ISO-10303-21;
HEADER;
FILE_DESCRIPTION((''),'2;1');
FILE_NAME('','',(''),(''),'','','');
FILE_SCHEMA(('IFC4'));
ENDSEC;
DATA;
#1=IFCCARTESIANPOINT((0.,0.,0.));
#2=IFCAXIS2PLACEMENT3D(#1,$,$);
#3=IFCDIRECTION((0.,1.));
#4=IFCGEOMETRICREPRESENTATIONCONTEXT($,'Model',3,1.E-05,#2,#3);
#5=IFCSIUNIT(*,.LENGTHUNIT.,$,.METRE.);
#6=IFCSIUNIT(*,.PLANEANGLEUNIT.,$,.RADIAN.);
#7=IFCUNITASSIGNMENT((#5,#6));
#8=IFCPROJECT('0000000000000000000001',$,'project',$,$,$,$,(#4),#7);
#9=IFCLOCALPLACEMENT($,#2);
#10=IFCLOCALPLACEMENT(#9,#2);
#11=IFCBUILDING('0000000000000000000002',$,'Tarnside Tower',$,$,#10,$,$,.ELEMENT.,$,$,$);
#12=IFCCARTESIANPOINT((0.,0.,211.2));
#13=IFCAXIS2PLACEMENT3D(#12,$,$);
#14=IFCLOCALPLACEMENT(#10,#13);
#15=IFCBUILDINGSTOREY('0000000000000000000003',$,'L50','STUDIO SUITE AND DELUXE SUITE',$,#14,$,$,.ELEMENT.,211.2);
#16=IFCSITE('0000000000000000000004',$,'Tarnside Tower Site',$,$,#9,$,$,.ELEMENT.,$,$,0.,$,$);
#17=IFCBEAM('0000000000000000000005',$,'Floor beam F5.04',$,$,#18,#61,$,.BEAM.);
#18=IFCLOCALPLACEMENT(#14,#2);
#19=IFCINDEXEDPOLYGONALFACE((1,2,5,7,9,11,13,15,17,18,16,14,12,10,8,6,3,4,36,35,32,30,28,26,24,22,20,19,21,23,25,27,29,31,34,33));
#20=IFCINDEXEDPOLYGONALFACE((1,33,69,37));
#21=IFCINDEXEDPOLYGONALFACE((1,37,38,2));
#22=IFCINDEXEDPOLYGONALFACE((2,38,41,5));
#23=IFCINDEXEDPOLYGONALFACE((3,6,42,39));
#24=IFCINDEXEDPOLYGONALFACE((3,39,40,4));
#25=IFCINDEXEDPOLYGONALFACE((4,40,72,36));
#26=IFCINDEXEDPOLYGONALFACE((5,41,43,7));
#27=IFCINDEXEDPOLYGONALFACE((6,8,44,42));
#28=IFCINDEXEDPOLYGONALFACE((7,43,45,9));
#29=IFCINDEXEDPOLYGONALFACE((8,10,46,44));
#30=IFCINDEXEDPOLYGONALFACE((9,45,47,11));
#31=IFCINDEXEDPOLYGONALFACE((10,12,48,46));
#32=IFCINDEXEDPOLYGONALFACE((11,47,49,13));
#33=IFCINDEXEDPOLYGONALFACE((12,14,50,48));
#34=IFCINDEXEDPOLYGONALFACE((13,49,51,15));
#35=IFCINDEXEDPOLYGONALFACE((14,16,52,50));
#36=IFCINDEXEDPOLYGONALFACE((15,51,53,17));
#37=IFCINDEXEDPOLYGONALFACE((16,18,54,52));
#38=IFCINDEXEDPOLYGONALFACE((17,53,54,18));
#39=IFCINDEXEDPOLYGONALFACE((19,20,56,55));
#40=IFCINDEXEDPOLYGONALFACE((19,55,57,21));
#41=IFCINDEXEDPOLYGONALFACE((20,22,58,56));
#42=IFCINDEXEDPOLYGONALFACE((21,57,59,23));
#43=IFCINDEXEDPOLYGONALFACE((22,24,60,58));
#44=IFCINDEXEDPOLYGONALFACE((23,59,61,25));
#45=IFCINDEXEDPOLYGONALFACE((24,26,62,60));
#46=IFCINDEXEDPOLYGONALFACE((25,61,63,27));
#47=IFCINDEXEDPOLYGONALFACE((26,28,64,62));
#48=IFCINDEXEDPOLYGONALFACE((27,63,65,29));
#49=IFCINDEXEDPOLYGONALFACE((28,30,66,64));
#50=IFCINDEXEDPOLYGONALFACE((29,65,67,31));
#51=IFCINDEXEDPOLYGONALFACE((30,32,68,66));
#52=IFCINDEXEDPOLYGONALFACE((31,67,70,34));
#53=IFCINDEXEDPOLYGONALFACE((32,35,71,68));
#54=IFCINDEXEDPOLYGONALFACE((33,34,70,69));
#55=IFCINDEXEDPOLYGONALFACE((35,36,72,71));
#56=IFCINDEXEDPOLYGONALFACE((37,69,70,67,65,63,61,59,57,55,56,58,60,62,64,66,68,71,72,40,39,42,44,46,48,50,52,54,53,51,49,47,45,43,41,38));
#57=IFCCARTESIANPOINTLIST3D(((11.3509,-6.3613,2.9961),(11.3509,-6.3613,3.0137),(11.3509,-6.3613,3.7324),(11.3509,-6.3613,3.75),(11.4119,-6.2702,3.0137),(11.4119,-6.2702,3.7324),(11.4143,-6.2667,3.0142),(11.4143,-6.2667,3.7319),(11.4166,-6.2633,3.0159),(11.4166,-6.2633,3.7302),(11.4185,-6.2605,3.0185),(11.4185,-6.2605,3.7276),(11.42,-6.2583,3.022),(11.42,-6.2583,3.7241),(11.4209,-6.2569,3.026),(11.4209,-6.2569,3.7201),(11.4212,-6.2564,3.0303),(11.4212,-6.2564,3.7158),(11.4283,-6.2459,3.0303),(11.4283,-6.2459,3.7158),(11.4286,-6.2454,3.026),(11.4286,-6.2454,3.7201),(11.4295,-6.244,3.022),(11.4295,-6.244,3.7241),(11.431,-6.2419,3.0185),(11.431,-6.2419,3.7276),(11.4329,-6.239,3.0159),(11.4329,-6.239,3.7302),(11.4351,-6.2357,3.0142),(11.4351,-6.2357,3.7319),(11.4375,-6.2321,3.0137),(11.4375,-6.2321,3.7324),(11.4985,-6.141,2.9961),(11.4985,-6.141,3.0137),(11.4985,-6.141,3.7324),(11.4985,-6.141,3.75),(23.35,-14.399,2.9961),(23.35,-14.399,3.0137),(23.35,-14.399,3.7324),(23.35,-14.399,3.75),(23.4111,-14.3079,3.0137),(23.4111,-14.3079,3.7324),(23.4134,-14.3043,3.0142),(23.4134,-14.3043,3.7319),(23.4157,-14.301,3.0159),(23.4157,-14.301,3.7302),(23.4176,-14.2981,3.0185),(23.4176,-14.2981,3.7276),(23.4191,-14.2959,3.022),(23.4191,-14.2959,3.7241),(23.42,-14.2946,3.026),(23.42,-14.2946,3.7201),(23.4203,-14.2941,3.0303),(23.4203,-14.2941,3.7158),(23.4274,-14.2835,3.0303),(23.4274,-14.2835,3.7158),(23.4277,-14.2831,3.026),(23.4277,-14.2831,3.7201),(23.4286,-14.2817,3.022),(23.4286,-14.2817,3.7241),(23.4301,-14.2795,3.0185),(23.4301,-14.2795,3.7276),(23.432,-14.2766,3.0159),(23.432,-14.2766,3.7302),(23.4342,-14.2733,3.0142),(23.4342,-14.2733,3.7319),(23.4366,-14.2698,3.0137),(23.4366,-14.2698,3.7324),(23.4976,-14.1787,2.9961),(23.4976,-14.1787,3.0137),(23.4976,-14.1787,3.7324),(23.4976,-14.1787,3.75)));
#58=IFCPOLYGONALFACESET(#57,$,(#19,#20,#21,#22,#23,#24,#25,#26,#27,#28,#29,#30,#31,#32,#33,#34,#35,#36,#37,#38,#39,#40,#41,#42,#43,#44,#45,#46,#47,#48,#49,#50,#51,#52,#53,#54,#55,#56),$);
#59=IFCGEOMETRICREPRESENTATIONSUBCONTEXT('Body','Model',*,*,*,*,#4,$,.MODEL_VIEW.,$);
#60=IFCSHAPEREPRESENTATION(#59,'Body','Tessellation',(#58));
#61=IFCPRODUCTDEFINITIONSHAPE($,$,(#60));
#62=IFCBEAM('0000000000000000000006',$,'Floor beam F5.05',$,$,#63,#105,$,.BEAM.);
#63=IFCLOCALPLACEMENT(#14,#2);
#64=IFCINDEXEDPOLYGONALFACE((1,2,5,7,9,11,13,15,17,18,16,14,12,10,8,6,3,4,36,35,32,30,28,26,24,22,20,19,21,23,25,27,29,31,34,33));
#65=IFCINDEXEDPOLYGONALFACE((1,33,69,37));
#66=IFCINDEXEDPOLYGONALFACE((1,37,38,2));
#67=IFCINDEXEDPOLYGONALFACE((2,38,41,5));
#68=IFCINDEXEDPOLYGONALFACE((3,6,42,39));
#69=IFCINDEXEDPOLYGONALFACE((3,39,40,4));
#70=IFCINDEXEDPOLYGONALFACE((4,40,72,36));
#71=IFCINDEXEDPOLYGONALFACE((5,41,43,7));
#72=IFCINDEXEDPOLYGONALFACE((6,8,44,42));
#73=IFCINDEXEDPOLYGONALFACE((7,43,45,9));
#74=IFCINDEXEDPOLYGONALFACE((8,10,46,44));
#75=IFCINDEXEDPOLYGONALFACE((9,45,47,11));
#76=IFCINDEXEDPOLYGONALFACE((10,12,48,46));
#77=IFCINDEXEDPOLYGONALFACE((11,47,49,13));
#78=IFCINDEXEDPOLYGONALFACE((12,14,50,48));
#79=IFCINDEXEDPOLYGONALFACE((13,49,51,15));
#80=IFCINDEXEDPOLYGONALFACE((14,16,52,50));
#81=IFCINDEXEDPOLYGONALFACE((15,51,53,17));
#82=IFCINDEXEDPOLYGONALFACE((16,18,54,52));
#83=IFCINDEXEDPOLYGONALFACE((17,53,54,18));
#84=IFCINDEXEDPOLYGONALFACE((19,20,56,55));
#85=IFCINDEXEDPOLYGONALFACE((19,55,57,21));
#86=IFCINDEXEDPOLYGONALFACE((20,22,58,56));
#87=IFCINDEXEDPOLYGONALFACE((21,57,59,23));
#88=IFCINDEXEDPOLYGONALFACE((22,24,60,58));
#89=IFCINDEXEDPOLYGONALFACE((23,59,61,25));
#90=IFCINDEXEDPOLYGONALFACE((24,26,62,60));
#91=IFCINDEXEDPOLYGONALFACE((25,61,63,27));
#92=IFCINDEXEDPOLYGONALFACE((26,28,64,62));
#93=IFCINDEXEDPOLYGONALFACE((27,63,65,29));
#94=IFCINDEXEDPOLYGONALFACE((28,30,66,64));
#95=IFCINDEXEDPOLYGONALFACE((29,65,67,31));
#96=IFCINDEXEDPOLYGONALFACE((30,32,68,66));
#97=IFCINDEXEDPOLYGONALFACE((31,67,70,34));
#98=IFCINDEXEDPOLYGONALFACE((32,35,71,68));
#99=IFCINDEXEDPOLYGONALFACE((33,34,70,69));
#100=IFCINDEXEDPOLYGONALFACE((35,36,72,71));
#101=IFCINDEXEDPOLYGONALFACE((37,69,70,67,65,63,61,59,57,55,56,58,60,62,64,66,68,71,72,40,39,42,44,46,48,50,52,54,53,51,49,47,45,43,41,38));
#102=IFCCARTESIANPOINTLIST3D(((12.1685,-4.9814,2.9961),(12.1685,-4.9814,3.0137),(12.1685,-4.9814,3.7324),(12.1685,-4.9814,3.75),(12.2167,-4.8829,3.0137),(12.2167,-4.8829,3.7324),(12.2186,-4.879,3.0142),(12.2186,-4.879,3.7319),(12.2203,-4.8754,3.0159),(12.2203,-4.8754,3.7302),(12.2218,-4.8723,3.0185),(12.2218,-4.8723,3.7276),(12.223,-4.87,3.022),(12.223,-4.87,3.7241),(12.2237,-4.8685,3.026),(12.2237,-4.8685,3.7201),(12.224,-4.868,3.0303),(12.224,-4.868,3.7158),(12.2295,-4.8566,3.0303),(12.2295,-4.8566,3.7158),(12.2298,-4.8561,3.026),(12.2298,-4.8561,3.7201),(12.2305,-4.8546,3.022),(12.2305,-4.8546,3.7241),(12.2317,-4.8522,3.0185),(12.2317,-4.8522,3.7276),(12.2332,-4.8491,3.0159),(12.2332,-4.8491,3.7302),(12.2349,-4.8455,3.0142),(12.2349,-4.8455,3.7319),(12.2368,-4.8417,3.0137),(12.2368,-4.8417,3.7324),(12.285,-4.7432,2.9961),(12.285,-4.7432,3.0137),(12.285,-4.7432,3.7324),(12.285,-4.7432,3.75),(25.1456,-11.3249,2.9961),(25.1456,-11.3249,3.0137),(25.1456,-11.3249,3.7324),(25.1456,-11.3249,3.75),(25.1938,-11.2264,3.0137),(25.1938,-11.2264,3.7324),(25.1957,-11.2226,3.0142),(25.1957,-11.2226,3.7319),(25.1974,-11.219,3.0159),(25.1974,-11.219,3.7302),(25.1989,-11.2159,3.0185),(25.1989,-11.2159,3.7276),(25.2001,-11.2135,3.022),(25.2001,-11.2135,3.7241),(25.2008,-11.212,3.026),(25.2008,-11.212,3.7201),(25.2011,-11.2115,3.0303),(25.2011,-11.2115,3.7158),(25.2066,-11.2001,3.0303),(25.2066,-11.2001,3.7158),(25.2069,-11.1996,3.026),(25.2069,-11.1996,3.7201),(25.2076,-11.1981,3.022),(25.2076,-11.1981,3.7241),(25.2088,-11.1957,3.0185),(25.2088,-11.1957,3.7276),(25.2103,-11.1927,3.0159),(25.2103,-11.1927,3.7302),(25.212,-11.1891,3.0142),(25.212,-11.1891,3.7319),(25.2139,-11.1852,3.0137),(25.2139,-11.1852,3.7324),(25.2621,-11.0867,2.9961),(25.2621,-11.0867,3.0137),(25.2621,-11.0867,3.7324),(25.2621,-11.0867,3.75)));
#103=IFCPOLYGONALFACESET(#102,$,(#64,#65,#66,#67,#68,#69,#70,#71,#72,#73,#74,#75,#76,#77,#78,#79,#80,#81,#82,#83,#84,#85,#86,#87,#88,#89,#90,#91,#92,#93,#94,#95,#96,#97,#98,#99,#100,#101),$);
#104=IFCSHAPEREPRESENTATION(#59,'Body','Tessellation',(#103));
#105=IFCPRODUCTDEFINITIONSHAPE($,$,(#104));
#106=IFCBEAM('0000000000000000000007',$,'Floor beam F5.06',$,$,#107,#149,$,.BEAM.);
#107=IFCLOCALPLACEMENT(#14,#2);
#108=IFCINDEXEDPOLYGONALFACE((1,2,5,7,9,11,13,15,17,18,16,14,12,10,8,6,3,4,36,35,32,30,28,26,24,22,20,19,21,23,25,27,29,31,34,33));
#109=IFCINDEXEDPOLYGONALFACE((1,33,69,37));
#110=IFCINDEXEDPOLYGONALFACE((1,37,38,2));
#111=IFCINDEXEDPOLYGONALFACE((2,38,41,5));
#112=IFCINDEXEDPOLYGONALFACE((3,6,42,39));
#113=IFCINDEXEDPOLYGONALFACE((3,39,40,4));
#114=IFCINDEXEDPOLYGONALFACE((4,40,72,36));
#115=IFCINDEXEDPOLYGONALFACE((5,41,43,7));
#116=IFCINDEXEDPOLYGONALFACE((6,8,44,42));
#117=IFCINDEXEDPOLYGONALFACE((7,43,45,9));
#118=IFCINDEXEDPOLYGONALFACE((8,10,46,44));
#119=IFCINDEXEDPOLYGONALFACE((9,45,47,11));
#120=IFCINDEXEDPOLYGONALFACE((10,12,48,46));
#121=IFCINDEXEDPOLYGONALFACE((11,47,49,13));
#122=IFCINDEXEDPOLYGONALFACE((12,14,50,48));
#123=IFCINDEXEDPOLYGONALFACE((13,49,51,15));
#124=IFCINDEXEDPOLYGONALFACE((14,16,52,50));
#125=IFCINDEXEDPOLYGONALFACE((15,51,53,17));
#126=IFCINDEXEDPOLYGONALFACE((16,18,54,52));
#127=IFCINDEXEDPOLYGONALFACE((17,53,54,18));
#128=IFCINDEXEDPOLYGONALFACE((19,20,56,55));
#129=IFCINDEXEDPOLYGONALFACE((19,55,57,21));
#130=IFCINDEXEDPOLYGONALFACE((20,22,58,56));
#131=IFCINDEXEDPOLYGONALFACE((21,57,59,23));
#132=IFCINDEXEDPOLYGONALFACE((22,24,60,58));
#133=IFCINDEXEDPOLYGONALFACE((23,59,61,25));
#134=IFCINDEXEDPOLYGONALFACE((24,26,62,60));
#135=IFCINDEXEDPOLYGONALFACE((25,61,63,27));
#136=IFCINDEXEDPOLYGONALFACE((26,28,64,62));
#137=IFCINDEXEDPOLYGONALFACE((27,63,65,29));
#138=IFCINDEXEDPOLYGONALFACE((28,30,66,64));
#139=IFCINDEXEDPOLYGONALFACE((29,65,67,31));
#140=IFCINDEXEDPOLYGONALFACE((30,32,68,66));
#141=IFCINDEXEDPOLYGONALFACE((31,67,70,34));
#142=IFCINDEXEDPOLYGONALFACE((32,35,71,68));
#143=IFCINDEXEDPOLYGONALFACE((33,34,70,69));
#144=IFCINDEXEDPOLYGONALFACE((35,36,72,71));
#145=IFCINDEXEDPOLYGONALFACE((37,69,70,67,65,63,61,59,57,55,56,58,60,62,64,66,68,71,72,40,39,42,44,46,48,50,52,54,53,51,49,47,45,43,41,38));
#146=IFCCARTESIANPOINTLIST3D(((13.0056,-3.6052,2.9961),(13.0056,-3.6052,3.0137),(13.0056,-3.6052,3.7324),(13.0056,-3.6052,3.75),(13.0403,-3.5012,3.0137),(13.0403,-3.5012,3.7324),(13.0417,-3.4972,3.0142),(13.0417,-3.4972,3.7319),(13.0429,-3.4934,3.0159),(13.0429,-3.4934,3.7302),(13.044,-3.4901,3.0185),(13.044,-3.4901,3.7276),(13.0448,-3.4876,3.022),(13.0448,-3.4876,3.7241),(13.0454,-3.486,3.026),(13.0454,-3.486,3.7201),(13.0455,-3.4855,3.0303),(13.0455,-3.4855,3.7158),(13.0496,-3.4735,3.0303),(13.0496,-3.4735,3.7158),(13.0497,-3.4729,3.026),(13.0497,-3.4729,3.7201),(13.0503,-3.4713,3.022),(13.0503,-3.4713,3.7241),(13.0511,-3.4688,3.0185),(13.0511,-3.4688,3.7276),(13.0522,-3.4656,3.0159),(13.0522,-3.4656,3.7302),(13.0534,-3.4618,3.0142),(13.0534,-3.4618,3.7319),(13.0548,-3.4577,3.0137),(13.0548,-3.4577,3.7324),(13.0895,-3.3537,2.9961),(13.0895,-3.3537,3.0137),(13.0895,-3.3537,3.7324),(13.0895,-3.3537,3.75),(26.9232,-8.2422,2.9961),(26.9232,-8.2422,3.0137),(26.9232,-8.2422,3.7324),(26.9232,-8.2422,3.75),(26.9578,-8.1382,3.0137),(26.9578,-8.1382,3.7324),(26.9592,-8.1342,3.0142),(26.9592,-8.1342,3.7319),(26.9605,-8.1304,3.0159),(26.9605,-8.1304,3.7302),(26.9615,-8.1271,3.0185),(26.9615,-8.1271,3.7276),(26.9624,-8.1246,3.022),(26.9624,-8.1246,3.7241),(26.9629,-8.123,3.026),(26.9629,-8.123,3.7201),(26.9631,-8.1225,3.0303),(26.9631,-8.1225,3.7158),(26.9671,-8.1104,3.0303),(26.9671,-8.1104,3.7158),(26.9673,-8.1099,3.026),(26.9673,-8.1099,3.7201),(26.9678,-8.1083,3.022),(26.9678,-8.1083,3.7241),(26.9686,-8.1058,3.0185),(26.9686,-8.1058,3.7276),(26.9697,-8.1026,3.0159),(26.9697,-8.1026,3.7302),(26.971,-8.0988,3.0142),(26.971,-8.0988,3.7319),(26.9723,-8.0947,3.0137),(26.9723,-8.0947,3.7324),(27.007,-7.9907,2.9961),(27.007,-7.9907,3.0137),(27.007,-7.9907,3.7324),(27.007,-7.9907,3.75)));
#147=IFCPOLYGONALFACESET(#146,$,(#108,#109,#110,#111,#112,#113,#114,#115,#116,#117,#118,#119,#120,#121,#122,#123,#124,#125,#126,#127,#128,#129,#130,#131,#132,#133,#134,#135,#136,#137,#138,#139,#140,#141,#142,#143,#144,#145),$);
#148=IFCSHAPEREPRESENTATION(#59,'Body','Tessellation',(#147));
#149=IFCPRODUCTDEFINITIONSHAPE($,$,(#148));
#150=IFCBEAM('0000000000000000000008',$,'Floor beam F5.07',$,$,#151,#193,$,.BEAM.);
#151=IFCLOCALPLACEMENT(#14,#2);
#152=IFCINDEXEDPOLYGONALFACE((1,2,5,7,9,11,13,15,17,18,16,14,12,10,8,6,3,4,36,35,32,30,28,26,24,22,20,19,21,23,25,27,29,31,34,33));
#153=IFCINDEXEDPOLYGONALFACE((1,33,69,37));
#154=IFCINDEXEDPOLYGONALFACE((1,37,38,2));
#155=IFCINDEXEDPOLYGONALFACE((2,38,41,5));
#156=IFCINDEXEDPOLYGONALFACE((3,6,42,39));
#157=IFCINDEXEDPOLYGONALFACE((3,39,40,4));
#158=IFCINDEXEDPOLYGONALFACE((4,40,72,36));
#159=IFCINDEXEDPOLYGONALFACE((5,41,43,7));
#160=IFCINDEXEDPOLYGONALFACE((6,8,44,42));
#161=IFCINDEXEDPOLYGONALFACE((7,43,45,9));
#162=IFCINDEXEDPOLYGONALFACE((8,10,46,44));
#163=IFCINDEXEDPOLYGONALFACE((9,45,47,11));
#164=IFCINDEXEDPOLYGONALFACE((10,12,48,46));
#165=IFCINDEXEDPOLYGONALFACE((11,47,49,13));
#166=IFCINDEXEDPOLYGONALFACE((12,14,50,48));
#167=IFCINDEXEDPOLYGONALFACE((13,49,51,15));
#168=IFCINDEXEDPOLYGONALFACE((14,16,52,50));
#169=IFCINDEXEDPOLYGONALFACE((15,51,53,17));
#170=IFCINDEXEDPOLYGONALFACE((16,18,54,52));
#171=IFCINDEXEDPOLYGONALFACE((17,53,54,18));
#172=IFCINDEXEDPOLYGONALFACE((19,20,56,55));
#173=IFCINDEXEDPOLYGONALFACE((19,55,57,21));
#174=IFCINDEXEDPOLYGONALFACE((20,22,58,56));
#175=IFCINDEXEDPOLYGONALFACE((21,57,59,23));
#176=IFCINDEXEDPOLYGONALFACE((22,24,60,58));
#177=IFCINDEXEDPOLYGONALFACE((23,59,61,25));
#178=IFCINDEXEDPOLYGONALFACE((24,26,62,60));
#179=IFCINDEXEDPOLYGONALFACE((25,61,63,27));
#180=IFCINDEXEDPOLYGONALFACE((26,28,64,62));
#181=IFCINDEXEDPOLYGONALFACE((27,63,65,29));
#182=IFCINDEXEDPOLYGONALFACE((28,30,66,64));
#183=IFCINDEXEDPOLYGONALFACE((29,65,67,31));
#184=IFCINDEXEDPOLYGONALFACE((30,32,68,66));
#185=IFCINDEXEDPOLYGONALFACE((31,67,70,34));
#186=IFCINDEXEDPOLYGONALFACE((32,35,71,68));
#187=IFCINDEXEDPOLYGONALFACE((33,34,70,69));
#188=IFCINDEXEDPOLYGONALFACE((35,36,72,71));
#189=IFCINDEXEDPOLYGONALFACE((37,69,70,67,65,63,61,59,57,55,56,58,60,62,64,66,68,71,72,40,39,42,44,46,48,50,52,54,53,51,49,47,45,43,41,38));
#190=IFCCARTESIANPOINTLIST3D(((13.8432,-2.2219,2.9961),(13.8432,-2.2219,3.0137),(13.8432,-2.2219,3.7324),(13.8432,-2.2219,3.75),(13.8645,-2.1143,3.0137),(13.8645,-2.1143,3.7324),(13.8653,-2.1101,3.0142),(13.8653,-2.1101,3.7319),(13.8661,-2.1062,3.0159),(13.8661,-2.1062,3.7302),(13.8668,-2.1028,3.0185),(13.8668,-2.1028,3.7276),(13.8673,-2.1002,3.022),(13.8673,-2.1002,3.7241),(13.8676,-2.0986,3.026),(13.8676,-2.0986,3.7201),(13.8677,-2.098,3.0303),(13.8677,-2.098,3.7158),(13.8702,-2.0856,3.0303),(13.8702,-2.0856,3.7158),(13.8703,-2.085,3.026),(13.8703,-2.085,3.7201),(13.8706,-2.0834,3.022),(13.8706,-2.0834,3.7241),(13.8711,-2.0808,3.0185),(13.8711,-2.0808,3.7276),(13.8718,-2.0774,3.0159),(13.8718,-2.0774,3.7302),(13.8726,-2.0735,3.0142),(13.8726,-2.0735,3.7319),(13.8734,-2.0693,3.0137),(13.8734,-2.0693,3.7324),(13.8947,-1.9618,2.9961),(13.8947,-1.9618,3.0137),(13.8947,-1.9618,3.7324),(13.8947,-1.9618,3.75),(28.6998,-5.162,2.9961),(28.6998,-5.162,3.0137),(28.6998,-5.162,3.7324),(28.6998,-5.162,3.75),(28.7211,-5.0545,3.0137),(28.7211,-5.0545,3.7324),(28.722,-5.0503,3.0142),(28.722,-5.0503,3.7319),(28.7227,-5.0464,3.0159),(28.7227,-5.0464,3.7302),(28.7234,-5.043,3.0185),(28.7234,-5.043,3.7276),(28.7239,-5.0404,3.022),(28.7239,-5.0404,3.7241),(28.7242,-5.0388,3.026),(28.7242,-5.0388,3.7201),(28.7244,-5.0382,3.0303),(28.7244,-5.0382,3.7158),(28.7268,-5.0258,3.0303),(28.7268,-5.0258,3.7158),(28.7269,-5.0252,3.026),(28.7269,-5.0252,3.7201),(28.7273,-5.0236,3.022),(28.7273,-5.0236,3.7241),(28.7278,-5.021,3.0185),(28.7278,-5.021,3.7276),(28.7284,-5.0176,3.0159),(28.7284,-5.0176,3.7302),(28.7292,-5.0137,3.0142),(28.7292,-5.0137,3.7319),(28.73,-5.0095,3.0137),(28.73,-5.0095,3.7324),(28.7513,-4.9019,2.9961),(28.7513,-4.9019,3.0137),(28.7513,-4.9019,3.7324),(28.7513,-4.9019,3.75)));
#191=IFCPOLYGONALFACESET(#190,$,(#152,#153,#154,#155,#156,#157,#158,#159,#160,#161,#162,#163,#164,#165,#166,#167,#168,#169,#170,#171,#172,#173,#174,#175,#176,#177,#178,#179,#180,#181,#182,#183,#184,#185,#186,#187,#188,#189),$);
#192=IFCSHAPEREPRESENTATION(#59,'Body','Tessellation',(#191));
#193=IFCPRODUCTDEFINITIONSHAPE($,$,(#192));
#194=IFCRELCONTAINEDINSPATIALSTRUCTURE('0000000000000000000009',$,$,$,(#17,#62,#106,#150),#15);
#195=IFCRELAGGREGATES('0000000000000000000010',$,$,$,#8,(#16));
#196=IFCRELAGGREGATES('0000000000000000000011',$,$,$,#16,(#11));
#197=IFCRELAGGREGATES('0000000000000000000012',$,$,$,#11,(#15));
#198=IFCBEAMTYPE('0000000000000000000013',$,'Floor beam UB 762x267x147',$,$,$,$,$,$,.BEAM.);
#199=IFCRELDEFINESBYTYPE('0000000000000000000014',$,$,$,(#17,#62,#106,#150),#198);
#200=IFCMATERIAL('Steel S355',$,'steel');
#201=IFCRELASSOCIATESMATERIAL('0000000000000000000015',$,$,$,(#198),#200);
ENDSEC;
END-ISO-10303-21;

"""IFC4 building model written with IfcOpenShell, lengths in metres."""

from ifc_helpers import new_model, si_unit, direction, frame, origin, origin_2d, place, context, subcontext, project, spatial, i_section, extrude, material, material_profile, profile_set, type_object, element, save


model = new_model("IFC4")

# Units and contexts
model_context = context("Model", 3, precision=1e-05, world=origin(), true_north=direction((0.0, 1.0)))
body_context = subcontext(model_context, "Body", "Model", "MODEL_VIEW")
ifc_project = project(units=[si_unit("LENGTHUNIT", "METRE"), si_unit("PLANEANGLEUNIT", "RADIAN")], contexts=[model_context])

# Site, building, storey
site_placement = place(None, origin())
site = spatial("IfcSite", under=ifc_project, at=site_placement, Name="Tarnside Tower Site", CompositionType="ELEMENT", RefElevation=0.0)
building_placement = place(site_placement, origin())
building = spatial("IfcBuilding", under=site, at=building_placement, Name="Tarnside Tower", CompositionType="ELEMENT")
storey_placement = place(building_placement, frame((0.0, 0.0, 211.2)))
storey = spatial("IfcBuildingStorey", under=building, at=storey_placement, Name="L50", Description="STUDIO SUITE AND DELUXE SUITE", CompositionType="ELEMENT", Elevation=211.2)

# Beams
ifc_material_1 = material(Name="Steel S355", Category="steel")
ifc_material_profile_1 = material_profile(ifc_material_1, i_section(OverallWidth=0.2651, OverallDepth=0.7539, WebThickness=0.0127, FlangeThickness=0.0176, FilletRadius=0.0166, at=origin_2d()), Name="UB 762x267x147")
ifc_profile_set_1 = profile_set([ifc_material_profile_1], Name="Steel S355")
beam_type_1 = type_object("IfcBeamType", Name="Floor beam UB 762x267x147", PredefinedType="BEAM", material=ifc_profile_set_1)
beam_1_placement = place(storey_placement, frame((23.4238, -14.2888, 3.373), z_axis=(-0.830826, 0.556532, 0.0), x_axis=(-0.556532, -0.830826, 0.0)))
element("IfcBeam", 1, at=beam_1_placement, inside=storey, type_object=beam_type_1, Name="Floor beam F5.04", PredefinedType="BEAM", context=body_context, shape_type="SweptSolid", body=[
    extrude(i_section(OverallWidth=0.2651, OverallDepth=0.7539, WebThickness=0.0127, FlangeThickness=0.0176, FilletRadius=0.0166, at=origin_2d()), origin(), (0.0, 0.0, 1.0), 14.4424),
])
beam_2_placement = place(storey_placement, frame((25.2039, -11.2058, 3.373), z_axis=(-0.898407, 0.439164, 0.0), x_axis=(-0.439164, -0.898407, 0.0)))
element("IfcBeam", 2, at=beam_2_placement, inside=storey, type_object=beam_type_1, Name="Floor beam F5.05", PredefinedType="BEAM", context=body_context, shape_type="SweptSolid", body=[
    extrude(i_section(OverallWidth=0.2651, OverallDepth=0.7539, WebThickness=0.0127, FlangeThickness=0.0176, FilletRadius=0.0166, at=origin_2d()), origin(), (0.0, 0.0, 1.0), 14.4446),
])
beam_3_placement = place(storey_placement, frame((26.9651, -8.1165, 3.373), z_axis=(-0.948728, 0.316093, 0.0), x_axis=(-0.316093, -0.948728, 0.0)))
element("IfcBeam", 3, at=beam_3_placement, inside=storey, type_object=beam_type_1, Name="Floor beam F5.06", PredefinedType="BEAM", context=body_context, shape_type="SweptSolid", body=[
    extrude(i_section(OverallWidth=0.2651, OverallDepth=0.7539, WebThickness=0.0127, FlangeThickness=0.0176, FilletRadius=0.0166, at=origin_2d()), origin(), (0.0, 0.0, 1.0), 14.6697),
])
beam_4_placement = place(storey_placement, frame((28.7256, -5.032, 3.373), z_axis=(-0.980974, 0.194138, 0.0), x_axis=(-0.194138, -0.980974, 0.0)))
element("IfcBeam", 4, at=beam_4_placement, inside=storey, type_object=beam_type_1, Name="Floor beam F5.07", PredefinedType="BEAM", context=body_context, shape_type="SweptSolid", body=[
    extrude(i_section(OverallWidth=0.2651, OverallDepth=0.7539, WebThickness=0.0127, FlangeThickness=0.0176, FilletRadius=0.0166, at=origin_2d()), origin(), (0.0, 0.0, 1.0), 15.1448),
])

save(model, "model.ifc")
